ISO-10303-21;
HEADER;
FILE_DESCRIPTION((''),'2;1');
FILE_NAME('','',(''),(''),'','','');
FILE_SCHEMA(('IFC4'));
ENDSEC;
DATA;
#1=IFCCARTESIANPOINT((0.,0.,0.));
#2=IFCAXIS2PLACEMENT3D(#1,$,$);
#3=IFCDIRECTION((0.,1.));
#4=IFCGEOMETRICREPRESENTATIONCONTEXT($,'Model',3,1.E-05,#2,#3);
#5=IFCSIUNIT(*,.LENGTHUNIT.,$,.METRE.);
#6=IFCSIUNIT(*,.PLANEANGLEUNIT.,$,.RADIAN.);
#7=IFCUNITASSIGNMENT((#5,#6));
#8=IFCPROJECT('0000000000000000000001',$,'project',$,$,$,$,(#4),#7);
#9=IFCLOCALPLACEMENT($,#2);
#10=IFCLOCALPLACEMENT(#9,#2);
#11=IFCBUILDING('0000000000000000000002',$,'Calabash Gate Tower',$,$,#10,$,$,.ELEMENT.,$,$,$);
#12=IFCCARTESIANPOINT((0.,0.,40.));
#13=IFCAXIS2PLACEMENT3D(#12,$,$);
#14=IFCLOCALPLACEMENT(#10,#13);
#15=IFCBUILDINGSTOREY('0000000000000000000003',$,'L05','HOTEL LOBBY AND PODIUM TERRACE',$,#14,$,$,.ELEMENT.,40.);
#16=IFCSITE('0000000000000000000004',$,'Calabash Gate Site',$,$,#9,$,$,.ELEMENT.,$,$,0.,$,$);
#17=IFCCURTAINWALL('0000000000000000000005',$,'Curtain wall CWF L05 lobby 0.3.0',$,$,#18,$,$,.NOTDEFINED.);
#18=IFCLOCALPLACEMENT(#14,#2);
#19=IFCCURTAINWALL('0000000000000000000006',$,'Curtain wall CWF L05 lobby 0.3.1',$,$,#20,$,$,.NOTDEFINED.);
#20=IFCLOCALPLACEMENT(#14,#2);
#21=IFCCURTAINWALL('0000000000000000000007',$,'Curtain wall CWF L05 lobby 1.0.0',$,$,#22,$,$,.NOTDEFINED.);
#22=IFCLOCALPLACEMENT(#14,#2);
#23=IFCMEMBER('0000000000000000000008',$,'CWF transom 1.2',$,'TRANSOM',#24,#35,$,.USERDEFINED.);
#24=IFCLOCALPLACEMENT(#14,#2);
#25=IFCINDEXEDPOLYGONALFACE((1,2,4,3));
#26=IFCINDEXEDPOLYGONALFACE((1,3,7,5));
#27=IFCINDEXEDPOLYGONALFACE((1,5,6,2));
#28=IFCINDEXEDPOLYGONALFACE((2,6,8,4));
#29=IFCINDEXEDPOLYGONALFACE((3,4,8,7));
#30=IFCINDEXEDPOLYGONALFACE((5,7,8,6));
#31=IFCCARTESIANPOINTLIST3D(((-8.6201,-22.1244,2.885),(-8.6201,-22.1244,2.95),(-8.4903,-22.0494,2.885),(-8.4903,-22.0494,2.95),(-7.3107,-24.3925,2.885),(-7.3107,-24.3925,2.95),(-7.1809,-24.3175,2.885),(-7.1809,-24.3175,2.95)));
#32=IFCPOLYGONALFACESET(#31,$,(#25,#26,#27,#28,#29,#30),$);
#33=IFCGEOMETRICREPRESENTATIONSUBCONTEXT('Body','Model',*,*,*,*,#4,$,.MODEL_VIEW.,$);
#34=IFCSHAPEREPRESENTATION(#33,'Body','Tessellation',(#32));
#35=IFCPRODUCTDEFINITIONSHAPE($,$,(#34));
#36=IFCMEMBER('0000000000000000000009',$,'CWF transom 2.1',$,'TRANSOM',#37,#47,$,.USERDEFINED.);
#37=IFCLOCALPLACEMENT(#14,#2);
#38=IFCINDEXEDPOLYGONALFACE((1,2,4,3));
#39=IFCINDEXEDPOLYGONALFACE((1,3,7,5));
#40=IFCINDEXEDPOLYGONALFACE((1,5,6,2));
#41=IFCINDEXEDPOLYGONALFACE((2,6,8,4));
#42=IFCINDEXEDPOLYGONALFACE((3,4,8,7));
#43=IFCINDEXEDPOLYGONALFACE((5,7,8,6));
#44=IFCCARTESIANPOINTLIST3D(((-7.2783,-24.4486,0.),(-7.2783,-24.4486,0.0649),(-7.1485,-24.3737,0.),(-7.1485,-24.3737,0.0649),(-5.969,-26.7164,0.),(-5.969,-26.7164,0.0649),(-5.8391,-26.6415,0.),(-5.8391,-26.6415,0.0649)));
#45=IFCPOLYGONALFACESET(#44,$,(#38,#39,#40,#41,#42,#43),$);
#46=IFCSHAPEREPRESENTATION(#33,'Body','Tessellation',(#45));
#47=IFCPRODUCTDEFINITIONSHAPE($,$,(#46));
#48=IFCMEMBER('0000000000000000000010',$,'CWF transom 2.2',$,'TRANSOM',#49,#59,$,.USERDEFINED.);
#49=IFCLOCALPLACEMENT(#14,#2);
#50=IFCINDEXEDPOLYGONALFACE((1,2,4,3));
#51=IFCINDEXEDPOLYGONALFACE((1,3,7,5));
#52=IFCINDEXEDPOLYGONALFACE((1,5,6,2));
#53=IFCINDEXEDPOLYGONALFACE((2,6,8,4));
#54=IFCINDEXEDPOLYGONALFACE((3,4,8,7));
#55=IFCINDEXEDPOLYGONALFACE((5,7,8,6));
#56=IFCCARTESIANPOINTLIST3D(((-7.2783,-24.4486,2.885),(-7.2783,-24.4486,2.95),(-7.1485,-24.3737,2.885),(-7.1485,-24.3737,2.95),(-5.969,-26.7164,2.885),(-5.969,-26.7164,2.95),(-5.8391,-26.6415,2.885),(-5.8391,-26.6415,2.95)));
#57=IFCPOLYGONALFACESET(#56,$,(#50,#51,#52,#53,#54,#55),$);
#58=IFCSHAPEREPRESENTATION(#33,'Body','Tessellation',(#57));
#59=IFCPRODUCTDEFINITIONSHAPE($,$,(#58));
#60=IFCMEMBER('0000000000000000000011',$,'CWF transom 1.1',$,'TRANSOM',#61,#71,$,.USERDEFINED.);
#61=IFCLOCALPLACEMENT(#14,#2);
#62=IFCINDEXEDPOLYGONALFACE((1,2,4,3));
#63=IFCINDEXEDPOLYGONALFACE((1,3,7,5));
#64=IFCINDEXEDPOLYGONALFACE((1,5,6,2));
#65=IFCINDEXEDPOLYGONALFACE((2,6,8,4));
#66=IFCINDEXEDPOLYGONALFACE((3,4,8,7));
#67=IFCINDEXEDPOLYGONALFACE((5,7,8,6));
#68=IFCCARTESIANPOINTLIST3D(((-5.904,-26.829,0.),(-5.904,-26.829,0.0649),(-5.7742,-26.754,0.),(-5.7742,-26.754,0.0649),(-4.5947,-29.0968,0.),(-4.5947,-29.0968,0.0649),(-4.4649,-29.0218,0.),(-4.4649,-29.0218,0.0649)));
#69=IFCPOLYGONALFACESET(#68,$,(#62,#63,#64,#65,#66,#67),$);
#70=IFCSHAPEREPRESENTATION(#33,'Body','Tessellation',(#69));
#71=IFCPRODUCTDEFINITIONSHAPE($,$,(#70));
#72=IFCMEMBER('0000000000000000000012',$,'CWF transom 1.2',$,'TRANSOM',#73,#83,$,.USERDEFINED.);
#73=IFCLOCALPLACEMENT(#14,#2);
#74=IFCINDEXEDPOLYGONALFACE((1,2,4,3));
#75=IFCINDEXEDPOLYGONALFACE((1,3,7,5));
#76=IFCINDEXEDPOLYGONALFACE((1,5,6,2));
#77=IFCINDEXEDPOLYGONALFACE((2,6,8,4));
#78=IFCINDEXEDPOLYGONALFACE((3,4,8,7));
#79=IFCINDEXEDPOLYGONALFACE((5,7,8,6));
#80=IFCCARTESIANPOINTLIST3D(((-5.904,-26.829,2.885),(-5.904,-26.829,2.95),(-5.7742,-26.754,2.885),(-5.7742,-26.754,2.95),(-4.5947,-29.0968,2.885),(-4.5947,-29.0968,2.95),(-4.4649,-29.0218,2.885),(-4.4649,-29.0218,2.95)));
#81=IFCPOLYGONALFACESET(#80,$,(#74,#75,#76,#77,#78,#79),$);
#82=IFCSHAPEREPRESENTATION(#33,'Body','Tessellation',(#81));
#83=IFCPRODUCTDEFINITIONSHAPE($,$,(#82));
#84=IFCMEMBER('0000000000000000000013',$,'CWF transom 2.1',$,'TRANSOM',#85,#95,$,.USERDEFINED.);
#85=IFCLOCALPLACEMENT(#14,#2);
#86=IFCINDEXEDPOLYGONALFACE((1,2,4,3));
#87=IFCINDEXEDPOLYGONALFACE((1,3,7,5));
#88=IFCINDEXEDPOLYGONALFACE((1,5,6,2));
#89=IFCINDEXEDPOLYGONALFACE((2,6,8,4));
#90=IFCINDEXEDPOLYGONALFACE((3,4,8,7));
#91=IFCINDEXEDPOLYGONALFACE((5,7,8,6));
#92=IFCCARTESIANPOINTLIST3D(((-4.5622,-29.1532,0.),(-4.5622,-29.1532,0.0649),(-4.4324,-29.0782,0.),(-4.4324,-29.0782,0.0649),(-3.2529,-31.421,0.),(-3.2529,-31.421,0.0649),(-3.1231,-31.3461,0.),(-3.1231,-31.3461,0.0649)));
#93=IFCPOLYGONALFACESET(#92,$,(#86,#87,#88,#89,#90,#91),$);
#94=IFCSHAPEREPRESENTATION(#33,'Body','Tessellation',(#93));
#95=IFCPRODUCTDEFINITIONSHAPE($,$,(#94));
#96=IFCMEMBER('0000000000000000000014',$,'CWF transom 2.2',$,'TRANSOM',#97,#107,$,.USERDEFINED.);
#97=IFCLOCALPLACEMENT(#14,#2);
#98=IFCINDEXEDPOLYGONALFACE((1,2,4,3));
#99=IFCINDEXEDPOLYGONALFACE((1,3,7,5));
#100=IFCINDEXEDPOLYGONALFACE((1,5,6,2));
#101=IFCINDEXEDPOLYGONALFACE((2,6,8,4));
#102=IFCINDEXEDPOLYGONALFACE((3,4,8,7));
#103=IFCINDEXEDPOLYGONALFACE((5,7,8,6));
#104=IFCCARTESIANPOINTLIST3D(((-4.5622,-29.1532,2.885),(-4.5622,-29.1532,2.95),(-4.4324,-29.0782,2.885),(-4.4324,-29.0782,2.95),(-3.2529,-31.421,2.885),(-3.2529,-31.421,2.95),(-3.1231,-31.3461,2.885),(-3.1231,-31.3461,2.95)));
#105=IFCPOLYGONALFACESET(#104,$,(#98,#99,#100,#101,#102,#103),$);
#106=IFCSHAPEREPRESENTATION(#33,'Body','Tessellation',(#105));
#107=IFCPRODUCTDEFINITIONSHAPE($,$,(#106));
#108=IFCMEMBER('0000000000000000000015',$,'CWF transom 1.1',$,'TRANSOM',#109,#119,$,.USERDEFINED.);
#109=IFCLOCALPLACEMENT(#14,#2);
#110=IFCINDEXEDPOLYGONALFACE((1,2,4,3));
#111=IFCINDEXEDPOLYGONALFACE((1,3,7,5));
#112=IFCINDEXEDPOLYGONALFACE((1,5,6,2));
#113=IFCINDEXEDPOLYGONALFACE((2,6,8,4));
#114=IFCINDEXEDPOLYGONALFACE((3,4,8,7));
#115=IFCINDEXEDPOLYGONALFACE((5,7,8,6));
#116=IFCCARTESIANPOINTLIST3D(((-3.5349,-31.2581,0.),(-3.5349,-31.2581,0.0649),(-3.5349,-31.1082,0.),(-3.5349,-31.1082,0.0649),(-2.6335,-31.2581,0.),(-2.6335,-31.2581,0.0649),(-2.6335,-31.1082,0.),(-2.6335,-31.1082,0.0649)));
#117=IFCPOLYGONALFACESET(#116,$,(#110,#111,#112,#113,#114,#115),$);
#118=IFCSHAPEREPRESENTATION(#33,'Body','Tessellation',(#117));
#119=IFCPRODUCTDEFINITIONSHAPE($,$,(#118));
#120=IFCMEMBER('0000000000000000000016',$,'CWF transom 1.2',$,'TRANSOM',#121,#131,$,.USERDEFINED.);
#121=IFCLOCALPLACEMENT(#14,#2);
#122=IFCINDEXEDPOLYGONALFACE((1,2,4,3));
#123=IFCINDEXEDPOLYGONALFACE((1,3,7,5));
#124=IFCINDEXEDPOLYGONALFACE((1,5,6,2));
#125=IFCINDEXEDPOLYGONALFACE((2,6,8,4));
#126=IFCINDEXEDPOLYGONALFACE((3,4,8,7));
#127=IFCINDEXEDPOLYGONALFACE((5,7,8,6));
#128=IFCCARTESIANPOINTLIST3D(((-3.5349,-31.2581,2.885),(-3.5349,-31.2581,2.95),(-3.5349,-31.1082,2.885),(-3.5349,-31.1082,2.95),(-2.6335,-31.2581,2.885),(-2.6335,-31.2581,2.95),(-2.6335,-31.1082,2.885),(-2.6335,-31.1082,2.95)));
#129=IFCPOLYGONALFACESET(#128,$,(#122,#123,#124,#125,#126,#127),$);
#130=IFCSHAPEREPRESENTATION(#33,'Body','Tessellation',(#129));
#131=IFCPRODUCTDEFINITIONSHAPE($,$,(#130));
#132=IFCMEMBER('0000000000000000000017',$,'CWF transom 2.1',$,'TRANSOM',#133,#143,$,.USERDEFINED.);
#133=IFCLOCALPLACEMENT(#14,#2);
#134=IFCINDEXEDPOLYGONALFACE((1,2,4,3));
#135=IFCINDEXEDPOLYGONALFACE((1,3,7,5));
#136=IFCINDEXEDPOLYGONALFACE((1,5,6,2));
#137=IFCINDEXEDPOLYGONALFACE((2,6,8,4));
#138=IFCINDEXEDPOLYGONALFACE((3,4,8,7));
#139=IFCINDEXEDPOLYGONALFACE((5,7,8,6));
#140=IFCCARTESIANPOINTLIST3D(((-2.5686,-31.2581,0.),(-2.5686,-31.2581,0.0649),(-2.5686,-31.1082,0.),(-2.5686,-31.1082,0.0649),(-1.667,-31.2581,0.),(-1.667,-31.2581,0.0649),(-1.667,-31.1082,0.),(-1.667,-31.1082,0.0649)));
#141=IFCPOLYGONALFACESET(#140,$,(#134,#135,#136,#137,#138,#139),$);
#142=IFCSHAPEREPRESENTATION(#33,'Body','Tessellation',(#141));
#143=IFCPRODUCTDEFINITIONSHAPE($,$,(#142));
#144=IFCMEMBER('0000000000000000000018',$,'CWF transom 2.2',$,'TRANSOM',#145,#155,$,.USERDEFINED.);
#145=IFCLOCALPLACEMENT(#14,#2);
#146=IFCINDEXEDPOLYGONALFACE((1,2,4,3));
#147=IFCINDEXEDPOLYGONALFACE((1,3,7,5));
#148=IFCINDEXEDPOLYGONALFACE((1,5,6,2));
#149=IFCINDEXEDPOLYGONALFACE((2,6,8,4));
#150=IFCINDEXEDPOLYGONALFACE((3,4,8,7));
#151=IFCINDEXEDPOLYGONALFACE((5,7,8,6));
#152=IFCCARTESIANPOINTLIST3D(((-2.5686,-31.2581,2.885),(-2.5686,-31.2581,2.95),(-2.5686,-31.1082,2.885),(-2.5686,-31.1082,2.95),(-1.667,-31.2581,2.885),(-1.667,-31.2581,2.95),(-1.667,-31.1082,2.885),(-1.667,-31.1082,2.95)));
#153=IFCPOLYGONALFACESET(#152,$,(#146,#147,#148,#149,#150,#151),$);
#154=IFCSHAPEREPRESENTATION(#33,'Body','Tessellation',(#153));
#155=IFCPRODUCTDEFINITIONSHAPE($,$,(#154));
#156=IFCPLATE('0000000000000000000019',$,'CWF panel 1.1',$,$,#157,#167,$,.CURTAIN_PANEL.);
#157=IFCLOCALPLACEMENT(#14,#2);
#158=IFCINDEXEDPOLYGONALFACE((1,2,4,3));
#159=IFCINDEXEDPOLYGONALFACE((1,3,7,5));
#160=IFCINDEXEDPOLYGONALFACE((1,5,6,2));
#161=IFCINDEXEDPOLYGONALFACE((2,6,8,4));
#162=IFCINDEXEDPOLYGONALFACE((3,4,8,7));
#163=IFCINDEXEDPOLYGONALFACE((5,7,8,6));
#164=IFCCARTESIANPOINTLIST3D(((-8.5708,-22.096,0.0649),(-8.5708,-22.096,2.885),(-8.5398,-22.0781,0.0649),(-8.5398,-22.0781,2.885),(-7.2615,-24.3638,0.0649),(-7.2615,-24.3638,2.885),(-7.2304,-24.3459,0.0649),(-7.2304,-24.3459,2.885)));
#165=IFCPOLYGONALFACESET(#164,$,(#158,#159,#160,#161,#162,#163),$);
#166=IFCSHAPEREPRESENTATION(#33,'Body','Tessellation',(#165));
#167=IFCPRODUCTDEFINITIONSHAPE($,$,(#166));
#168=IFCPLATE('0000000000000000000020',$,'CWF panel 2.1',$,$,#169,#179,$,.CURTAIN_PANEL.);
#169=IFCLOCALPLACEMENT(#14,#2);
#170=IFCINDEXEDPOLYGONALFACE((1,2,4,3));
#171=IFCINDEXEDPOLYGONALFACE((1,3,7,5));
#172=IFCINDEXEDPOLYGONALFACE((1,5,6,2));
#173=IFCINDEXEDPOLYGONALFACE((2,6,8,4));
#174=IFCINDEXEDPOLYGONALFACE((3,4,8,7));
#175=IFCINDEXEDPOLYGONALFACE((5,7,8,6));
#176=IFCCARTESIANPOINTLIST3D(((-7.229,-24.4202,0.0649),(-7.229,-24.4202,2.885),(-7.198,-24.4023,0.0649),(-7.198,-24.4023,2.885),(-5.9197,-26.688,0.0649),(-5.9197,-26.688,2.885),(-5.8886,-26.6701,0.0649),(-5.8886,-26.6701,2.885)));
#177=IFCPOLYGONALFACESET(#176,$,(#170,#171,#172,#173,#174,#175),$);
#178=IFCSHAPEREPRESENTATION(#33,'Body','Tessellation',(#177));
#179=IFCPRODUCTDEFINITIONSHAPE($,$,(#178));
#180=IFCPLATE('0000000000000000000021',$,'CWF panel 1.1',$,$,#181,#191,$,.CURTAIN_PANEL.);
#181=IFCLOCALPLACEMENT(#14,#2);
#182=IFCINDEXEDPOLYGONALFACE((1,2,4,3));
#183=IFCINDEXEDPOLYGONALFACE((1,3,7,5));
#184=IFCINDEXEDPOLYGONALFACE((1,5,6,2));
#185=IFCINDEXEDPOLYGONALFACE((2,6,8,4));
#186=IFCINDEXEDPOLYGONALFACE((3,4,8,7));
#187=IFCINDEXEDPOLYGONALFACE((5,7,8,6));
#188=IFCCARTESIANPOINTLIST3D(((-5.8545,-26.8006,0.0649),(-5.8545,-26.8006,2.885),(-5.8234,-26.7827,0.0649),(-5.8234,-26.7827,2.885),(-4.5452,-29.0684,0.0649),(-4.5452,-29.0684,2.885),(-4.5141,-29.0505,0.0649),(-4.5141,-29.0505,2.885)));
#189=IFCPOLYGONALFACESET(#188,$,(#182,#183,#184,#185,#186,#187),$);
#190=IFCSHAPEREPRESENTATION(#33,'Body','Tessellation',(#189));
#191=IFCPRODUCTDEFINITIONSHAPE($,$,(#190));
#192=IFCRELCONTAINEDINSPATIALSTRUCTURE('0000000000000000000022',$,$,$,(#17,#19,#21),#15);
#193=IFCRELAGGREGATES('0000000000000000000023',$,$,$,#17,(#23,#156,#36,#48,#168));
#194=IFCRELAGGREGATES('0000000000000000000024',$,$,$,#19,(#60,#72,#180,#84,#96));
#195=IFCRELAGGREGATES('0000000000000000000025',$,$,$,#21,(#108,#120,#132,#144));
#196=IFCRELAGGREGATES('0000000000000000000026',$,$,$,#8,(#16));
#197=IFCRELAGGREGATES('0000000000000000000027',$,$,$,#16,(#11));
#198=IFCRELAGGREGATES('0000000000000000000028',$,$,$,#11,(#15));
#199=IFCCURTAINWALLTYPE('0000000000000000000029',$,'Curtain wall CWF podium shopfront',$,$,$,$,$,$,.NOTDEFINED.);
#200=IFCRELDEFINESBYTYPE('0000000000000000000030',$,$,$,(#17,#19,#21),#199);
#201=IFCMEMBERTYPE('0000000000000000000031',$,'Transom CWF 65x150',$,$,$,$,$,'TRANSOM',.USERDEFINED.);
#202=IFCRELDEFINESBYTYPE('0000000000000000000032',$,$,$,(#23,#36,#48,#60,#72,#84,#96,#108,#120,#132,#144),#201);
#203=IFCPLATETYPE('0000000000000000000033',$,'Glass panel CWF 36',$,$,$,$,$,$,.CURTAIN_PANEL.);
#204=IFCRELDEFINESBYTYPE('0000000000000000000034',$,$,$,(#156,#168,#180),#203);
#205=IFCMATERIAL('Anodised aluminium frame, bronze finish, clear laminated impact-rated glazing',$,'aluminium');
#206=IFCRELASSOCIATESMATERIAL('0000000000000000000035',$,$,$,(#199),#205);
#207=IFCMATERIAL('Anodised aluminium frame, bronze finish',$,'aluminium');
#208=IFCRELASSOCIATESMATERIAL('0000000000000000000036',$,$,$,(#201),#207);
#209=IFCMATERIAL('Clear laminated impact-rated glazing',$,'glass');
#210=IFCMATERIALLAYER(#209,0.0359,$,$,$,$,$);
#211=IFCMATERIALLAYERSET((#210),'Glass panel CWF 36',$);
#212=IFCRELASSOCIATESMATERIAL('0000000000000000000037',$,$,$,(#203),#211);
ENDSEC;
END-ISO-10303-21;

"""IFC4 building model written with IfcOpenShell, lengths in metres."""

from ifc_helpers import new_model, si_unit, direction, frame, origin, origin_2d, place, context, subcontext, project, spatial, rectangle, extrude, material, layer, layer_set, material_profile, profile_set, type_object, element, aggregate, save


model = new_model("IFC4")

# Units and contexts
model_context = context("Model", 3, precision=1e-05, world=origin(), true_north=direction((0.0, 1.0)))
body_context = subcontext(model_context, "Body", "Model", "MODEL_VIEW")
ifc_project = project(units=[si_unit("LENGTHUNIT", "METRE"), si_unit("PLANEANGLEUNIT", "RADIAN")], contexts=[model_context])

# Site, building, storey
site_placement = place(None, origin())
site = spatial("IfcSite", under=ifc_project, at=site_placement, Name="Calabash Gate Site", CompositionType="ELEMENT", RefElevation=0.0)
building_placement = place(site_placement, origin())
building = spatial("IfcBuilding", under=site, at=building_placement, Name="Calabash Gate Tower", CompositionType="ELEMENT")
storey_placement = place(building_placement, frame((0.0, 0.0, 40.0)))
storey = spatial("IfcBuildingStorey", under=building, at=storey_placement, Name="L05", Description="HOTEL LOBBY AND PODIUM TERRACE", CompositionType="ELEMENT", Elevation=40.0)

# Curtain walls
ifc_material_1 = material(Name="Anodised aluminium frame, bronze finish, clear laminated impact-rated glazing", Category="aluminium")
curtain_wall_type = type_object("IfcCurtainWallType", Name="Curtain wall CWF podium shopfront", PredefinedType="NOTDEFINED", material=ifc_material_1)
curtain_wall_1_placement = place(storey_placement, origin())
curtain_wall_1 = element("IfcCurtainWall", 1, at=curtain_wall_1_placement, inside=storey, type_object=curtain_wall_type, Name="Curtain wall CWF L05 lobby 0.3.0", PredefinedType="NOTDEFINED")
curtain_wall_2_placement = place(storey_placement, origin())
curtain_wall_2 = element("IfcCurtainWall", 2, at=curtain_wall_2_placement, inside=storey, type_object=curtain_wall_type, Name="Curtain wall CWF L05 lobby 0.3.1", PredefinedType="NOTDEFINED")
curtain_wall_3_placement = place(storey_placement, origin())
curtain_wall_3 = element("IfcCurtainWall", 3, at=curtain_wall_3_placement, inside=storey, type_object=curtain_wall_type, Name="Curtain wall CWF L05 lobby 1.0.0", PredefinedType="NOTDEFINED")

# Members
ifc_material_2 = material(Name="Anodised aluminium frame, bronze finish", Category="aluminium")
ifc_material_profile_1 = material_profile(ifc_material_2, rectangle(XDim=0.1499, YDim=0.0649, at=origin_2d()))
ifc_profile_set_1 = profile_set([ifc_material_profile_1], Name="Anodised aluminium frame, bronze finish")
member_type_1 = type_object("IfcMemberType", Name="Transom CWF 65x150", ElementType="TRANSOM", PredefinedType="USERDEFINED", material=ifc_profile_set_1)
member_1_placement = place(storey_placement, frame((-8.5552, -22.0869, 2.9175), z_axis=(0.499959, -0.866049, 0.0), x_axis=(0.866049, 0.499959, 0.0)))
member_1 = element("IfcMember", 4, at=member_1_placement, type_object=member_type_1, Name="CWF transom 1.2", ObjectType="TRANSOM", PredefinedType="USERDEFINED", context=body_context, shape_type="SweptSolid", body=[
    extrude(rectangle(XDim=0.1499, YDim=0.0649, at=origin_2d()), origin(), (0.0, 0.0, 1.0), 2.6189),
])
member_2_placement = place(storey_placement, frame((-7.2134, -24.4111, 0.0325), z_axis=(0.5, -0.866026, 0.0), x_axis=(0.866026, 0.5, 0.0)))
member_2 = element("IfcMember", 5, at=member_2_placement, type_object=member_type_1, Name="CWF transom 2.1", ObjectType="TRANSOM", PredefinedType="USERDEFINED", context=body_context, shape_type="SweptSolid", body=[
    extrude(rectangle(XDim=0.1499, YDim=0.0649, at=origin_2d()), origin(), (0.0, 0.0, 1.0), 2.6187),
])
member_3_placement = place(storey_placement, frame((-7.2134, -24.4111, 2.9175), z_axis=(0.5, -0.866026, 0.0), x_axis=(0.866026, 0.5, 0.0)))
member_3 = element("IfcMember", 6, at=member_3_placement, type_object=member_type_1, Name="CWF transom 2.2", ObjectType="TRANSOM", PredefinedType="USERDEFINED", context=body_context, shape_type="SweptSolid", body=[
    extrude(rectangle(XDim=0.1499, YDim=0.0649, at=origin_2d()), origin(), (0.0, 0.0, 1.0), 2.6187),
])
member_4_placement = place(storey_placement, frame((-5.8391, -26.7915, 0.0325), z_axis=(0.5, -0.866026, 0.0), x_axis=(0.866026, 0.5, 0.0)))
member_4 = element("IfcMember", 7, at=member_4_placement, type_object=member_type_1, Name="CWF transom 1.1", ObjectType="TRANSOM", PredefinedType="USERDEFINED", context=body_context, shape_type="SweptSolid", body=[
    extrude(rectangle(XDim=0.1499, YDim=0.0649, at=origin_2d()), origin(), (0.0, 0.0, 1.0), 2.6187),
])
member_5_placement = place(storey_placement, frame((-5.8391, -26.7915, 2.9175), z_axis=(0.5, -0.866026, 0.0), x_axis=(0.866026, 0.5, 0.0)))
member_5 = element("IfcMember", 8, at=member_5_placement, type_object=member_type_1, Name="CWF transom 1.2", ObjectType="TRANSOM", PredefinedType="USERDEFINED", context=body_context, shape_type="SweptSolid", body=[
    extrude(rectangle(XDim=0.1499, YDim=0.0649, at=origin_2d()), origin(), (0.0, 0.0, 1.0), 2.6187),
])
member_6_placement = place(storey_placement, frame((-4.4973, -29.1157, 0.0325), z_axis=(0.5, -0.866026, 0.0), x_axis=(0.866026, 0.5, 0.0)))
member_6 = element("IfcMember", 9, at=member_6_placement, type_object=member_type_1, Name="CWF transom 2.1", ObjectType="TRANSOM", PredefinedType="USERDEFINED", context=body_context, shape_type="SweptSolid", body=[
    extrude(rectangle(XDim=0.1499, YDim=0.0649, at=origin_2d()), origin(), (0.0, 0.0, 1.0), 2.6187),
])
member_7_placement = place(storey_placement, frame((-4.4973, -29.1157, 2.9175), z_axis=(0.5, -0.866026, 0.0), x_axis=(0.866026, 0.5, 0.0)))
member_7 = element("IfcMember", 10, at=member_7_placement, type_object=member_type_1, Name="CWF transom 2.2", ObjectType="TRANSOM", PredefinedType="USERDEFINED", context=body_context, shape_type="SweptSolid", body=[
    extrude(rectangle(XDim=0.1499, YDim=0.0649, at=origin_2d()), origin(), (0.0, 0.0, 1.0), 2.6187),
])
member_8_placement = place(storey_placement, frame((-3.5349, -31.1831, 0.0325), z_axis=(1.0, 0.0, 0.0), x_axis=(0.0, 1.0, 0.0)))
member_8 = element("IfcMember", 11, at=member_8_placement, type_object=member_type_1, Name="CWF transom 1.1", ObjectType="TRANSOM", PredefinedType="USERDEFINED", context=body_context, shape_type="SweptSolid", body=[
    extrude(rectangle(XDim=0.1499, YDim=0.0649, at=origin_2d()), origin(), (0.0, 0.0, 1.0), 0.9014),
])
member_9_placement = place(storey_placement, frame((-3.5349, -31.1831, 2.9175), z_axis=(1.0, 0.0, 0.0), x_axis=(0.0, 1.0, 0.0)))
member_9 = element("IfcMember", 12, at=member_9_placement, type_object=member_type_1, Name="CWF transom 1.2", ObjectType="TRANSOM", PredefinedType="USERDEFINED", context=body_context, shape_type="SweptSolid", body=[
    extrude(rectangle(XDim=0.1499, YDim=0.0649, at=origin_2d()), origin(), (0.0, 0.0, 1.0), 0.9014),
])
member_10_placement = place(storey_placement, frame((-2.5686, -31.1831, 0.0325), z_axis=(1.0, 0.0, 0.0), x_axis=(0.0, 1.0, 0.0)))
member_10 = element("IfcMember", 13, at=member_10_placement, type_object=member_type_1, Name="CWF transom 2.1", ObjectType="TRANSOM", PredefinedType="USERDEFINED", context=body_context, shape_type="SweptSolid", body=[
    extrude(rectangle(XDim=0.1499, YDim=0.0649, at=origin_2d()), origin(), (0.0, 0.0, 1.0), 0.9016),
])
member_11_placement = place(storey_placement, frame((-2.5686, -31.1831, 2.9175), z_axis=(1.0, 0.0, 0.0), x_axis=(0.0, 1.0, 0.0)))
member_11 = element("IfcMember", 14, at=member_11_placement, type_object=member_type_1, Name="CWF transom 2.2", ObjectType="TRANSOM", PredefinedType="USERDEFINED", context=body_context, shape_type="SweptSolid", body=[
    extrude(rectangle(XDim=0.1499, YDim=0.0649, at=origin_2d()), origin(), (0.0, 0.0, 1.0), 0.9016),
])

# Plates
ifc_material_3 = material(Name="Clear laminated impact-rated glazing", Category="glass")
ifc_layer_1 = layer(ifc_material_3, 0.0359)
ifc_layer_set_1 = layer_set([ifc_layer_1], Name="Glass panel CWF 36")
plate_type = type_object("IfcPlateType", Name="Glass panel CWF 36", PredefinedType="CURTAIN_PANEL", material=ifc_layer_set_1)
plate_1_placement = place(storey_placement, frame((-7.9006, -23.2209, 0.0649), z_axis=(0.0, 0.0, 1.0), x_axis=(0.5, -0.866025, 0.0)))
plate_1 = element("IfcPlate", 15, at=plate_1_placement, type_object=plate_type, Name="CWF panel 1.1", PredefinedType="CURTAIN_PANEL", context=body_context, shape_type="SweptSolid", body=[
    extrude(rectangle(XDim=2.6187, YDim=0.0359, at=origin_2d()), origin(), (0.0, 0.0, 1.0), 2.8201),
])
plate_2_placement = place(storey_placement, frame((-6.5588, -25.5452, 0.0649), z_axis=(0.0, 0.0, 1.0), x_axis=(0.5, -0.866025, 0.0)))
plate_2 = element("IfcPlate", 16, at=plate_2_placement, type_object=plate_type, Name="CWF panel 2.1", PredefinedType="CURTAIN_PANEL", context=body_context, shape_type="SweptSolid", body=[
    extrude(rectangle(XDim=2.6187, YDim=0.0359, at=origin_2d()), origin(), (0.0, 0.0, 1.0), 2.8201),
])
aggregate(curtain_wall_1, [member_1, plate_1, member_2, member_3, plate_2])
plate_3_placement = place(storey_placement, frame((-5.1843, -27.9255, 0.0649), z_axis=(0.0, 0.0, 1.0), x_axis=(0.5, -0.866025, 0.0)))
plate_3 = element("IfcPlate", 17, at=plate_3_placement, type_object=plate_type, Name="CWF panel 1.1", PredefinedType="CURTAIN_PANEL", context=body_context, shape_type="SweptSolid", body=[
    extrude(rectangle(XDim=2.6187, YDim=0.0359, at=origin_2d()), origin(), (0.0, 0.0, 1.0), 2.8201),
])
aggregate(curtain_wall_2, [member_4, member_5, plate_3, member_6, member_7])
aggregate(curtain_wall_3, [member_8, member_9, member_10, member_11])

save(model, "model.ifc")
